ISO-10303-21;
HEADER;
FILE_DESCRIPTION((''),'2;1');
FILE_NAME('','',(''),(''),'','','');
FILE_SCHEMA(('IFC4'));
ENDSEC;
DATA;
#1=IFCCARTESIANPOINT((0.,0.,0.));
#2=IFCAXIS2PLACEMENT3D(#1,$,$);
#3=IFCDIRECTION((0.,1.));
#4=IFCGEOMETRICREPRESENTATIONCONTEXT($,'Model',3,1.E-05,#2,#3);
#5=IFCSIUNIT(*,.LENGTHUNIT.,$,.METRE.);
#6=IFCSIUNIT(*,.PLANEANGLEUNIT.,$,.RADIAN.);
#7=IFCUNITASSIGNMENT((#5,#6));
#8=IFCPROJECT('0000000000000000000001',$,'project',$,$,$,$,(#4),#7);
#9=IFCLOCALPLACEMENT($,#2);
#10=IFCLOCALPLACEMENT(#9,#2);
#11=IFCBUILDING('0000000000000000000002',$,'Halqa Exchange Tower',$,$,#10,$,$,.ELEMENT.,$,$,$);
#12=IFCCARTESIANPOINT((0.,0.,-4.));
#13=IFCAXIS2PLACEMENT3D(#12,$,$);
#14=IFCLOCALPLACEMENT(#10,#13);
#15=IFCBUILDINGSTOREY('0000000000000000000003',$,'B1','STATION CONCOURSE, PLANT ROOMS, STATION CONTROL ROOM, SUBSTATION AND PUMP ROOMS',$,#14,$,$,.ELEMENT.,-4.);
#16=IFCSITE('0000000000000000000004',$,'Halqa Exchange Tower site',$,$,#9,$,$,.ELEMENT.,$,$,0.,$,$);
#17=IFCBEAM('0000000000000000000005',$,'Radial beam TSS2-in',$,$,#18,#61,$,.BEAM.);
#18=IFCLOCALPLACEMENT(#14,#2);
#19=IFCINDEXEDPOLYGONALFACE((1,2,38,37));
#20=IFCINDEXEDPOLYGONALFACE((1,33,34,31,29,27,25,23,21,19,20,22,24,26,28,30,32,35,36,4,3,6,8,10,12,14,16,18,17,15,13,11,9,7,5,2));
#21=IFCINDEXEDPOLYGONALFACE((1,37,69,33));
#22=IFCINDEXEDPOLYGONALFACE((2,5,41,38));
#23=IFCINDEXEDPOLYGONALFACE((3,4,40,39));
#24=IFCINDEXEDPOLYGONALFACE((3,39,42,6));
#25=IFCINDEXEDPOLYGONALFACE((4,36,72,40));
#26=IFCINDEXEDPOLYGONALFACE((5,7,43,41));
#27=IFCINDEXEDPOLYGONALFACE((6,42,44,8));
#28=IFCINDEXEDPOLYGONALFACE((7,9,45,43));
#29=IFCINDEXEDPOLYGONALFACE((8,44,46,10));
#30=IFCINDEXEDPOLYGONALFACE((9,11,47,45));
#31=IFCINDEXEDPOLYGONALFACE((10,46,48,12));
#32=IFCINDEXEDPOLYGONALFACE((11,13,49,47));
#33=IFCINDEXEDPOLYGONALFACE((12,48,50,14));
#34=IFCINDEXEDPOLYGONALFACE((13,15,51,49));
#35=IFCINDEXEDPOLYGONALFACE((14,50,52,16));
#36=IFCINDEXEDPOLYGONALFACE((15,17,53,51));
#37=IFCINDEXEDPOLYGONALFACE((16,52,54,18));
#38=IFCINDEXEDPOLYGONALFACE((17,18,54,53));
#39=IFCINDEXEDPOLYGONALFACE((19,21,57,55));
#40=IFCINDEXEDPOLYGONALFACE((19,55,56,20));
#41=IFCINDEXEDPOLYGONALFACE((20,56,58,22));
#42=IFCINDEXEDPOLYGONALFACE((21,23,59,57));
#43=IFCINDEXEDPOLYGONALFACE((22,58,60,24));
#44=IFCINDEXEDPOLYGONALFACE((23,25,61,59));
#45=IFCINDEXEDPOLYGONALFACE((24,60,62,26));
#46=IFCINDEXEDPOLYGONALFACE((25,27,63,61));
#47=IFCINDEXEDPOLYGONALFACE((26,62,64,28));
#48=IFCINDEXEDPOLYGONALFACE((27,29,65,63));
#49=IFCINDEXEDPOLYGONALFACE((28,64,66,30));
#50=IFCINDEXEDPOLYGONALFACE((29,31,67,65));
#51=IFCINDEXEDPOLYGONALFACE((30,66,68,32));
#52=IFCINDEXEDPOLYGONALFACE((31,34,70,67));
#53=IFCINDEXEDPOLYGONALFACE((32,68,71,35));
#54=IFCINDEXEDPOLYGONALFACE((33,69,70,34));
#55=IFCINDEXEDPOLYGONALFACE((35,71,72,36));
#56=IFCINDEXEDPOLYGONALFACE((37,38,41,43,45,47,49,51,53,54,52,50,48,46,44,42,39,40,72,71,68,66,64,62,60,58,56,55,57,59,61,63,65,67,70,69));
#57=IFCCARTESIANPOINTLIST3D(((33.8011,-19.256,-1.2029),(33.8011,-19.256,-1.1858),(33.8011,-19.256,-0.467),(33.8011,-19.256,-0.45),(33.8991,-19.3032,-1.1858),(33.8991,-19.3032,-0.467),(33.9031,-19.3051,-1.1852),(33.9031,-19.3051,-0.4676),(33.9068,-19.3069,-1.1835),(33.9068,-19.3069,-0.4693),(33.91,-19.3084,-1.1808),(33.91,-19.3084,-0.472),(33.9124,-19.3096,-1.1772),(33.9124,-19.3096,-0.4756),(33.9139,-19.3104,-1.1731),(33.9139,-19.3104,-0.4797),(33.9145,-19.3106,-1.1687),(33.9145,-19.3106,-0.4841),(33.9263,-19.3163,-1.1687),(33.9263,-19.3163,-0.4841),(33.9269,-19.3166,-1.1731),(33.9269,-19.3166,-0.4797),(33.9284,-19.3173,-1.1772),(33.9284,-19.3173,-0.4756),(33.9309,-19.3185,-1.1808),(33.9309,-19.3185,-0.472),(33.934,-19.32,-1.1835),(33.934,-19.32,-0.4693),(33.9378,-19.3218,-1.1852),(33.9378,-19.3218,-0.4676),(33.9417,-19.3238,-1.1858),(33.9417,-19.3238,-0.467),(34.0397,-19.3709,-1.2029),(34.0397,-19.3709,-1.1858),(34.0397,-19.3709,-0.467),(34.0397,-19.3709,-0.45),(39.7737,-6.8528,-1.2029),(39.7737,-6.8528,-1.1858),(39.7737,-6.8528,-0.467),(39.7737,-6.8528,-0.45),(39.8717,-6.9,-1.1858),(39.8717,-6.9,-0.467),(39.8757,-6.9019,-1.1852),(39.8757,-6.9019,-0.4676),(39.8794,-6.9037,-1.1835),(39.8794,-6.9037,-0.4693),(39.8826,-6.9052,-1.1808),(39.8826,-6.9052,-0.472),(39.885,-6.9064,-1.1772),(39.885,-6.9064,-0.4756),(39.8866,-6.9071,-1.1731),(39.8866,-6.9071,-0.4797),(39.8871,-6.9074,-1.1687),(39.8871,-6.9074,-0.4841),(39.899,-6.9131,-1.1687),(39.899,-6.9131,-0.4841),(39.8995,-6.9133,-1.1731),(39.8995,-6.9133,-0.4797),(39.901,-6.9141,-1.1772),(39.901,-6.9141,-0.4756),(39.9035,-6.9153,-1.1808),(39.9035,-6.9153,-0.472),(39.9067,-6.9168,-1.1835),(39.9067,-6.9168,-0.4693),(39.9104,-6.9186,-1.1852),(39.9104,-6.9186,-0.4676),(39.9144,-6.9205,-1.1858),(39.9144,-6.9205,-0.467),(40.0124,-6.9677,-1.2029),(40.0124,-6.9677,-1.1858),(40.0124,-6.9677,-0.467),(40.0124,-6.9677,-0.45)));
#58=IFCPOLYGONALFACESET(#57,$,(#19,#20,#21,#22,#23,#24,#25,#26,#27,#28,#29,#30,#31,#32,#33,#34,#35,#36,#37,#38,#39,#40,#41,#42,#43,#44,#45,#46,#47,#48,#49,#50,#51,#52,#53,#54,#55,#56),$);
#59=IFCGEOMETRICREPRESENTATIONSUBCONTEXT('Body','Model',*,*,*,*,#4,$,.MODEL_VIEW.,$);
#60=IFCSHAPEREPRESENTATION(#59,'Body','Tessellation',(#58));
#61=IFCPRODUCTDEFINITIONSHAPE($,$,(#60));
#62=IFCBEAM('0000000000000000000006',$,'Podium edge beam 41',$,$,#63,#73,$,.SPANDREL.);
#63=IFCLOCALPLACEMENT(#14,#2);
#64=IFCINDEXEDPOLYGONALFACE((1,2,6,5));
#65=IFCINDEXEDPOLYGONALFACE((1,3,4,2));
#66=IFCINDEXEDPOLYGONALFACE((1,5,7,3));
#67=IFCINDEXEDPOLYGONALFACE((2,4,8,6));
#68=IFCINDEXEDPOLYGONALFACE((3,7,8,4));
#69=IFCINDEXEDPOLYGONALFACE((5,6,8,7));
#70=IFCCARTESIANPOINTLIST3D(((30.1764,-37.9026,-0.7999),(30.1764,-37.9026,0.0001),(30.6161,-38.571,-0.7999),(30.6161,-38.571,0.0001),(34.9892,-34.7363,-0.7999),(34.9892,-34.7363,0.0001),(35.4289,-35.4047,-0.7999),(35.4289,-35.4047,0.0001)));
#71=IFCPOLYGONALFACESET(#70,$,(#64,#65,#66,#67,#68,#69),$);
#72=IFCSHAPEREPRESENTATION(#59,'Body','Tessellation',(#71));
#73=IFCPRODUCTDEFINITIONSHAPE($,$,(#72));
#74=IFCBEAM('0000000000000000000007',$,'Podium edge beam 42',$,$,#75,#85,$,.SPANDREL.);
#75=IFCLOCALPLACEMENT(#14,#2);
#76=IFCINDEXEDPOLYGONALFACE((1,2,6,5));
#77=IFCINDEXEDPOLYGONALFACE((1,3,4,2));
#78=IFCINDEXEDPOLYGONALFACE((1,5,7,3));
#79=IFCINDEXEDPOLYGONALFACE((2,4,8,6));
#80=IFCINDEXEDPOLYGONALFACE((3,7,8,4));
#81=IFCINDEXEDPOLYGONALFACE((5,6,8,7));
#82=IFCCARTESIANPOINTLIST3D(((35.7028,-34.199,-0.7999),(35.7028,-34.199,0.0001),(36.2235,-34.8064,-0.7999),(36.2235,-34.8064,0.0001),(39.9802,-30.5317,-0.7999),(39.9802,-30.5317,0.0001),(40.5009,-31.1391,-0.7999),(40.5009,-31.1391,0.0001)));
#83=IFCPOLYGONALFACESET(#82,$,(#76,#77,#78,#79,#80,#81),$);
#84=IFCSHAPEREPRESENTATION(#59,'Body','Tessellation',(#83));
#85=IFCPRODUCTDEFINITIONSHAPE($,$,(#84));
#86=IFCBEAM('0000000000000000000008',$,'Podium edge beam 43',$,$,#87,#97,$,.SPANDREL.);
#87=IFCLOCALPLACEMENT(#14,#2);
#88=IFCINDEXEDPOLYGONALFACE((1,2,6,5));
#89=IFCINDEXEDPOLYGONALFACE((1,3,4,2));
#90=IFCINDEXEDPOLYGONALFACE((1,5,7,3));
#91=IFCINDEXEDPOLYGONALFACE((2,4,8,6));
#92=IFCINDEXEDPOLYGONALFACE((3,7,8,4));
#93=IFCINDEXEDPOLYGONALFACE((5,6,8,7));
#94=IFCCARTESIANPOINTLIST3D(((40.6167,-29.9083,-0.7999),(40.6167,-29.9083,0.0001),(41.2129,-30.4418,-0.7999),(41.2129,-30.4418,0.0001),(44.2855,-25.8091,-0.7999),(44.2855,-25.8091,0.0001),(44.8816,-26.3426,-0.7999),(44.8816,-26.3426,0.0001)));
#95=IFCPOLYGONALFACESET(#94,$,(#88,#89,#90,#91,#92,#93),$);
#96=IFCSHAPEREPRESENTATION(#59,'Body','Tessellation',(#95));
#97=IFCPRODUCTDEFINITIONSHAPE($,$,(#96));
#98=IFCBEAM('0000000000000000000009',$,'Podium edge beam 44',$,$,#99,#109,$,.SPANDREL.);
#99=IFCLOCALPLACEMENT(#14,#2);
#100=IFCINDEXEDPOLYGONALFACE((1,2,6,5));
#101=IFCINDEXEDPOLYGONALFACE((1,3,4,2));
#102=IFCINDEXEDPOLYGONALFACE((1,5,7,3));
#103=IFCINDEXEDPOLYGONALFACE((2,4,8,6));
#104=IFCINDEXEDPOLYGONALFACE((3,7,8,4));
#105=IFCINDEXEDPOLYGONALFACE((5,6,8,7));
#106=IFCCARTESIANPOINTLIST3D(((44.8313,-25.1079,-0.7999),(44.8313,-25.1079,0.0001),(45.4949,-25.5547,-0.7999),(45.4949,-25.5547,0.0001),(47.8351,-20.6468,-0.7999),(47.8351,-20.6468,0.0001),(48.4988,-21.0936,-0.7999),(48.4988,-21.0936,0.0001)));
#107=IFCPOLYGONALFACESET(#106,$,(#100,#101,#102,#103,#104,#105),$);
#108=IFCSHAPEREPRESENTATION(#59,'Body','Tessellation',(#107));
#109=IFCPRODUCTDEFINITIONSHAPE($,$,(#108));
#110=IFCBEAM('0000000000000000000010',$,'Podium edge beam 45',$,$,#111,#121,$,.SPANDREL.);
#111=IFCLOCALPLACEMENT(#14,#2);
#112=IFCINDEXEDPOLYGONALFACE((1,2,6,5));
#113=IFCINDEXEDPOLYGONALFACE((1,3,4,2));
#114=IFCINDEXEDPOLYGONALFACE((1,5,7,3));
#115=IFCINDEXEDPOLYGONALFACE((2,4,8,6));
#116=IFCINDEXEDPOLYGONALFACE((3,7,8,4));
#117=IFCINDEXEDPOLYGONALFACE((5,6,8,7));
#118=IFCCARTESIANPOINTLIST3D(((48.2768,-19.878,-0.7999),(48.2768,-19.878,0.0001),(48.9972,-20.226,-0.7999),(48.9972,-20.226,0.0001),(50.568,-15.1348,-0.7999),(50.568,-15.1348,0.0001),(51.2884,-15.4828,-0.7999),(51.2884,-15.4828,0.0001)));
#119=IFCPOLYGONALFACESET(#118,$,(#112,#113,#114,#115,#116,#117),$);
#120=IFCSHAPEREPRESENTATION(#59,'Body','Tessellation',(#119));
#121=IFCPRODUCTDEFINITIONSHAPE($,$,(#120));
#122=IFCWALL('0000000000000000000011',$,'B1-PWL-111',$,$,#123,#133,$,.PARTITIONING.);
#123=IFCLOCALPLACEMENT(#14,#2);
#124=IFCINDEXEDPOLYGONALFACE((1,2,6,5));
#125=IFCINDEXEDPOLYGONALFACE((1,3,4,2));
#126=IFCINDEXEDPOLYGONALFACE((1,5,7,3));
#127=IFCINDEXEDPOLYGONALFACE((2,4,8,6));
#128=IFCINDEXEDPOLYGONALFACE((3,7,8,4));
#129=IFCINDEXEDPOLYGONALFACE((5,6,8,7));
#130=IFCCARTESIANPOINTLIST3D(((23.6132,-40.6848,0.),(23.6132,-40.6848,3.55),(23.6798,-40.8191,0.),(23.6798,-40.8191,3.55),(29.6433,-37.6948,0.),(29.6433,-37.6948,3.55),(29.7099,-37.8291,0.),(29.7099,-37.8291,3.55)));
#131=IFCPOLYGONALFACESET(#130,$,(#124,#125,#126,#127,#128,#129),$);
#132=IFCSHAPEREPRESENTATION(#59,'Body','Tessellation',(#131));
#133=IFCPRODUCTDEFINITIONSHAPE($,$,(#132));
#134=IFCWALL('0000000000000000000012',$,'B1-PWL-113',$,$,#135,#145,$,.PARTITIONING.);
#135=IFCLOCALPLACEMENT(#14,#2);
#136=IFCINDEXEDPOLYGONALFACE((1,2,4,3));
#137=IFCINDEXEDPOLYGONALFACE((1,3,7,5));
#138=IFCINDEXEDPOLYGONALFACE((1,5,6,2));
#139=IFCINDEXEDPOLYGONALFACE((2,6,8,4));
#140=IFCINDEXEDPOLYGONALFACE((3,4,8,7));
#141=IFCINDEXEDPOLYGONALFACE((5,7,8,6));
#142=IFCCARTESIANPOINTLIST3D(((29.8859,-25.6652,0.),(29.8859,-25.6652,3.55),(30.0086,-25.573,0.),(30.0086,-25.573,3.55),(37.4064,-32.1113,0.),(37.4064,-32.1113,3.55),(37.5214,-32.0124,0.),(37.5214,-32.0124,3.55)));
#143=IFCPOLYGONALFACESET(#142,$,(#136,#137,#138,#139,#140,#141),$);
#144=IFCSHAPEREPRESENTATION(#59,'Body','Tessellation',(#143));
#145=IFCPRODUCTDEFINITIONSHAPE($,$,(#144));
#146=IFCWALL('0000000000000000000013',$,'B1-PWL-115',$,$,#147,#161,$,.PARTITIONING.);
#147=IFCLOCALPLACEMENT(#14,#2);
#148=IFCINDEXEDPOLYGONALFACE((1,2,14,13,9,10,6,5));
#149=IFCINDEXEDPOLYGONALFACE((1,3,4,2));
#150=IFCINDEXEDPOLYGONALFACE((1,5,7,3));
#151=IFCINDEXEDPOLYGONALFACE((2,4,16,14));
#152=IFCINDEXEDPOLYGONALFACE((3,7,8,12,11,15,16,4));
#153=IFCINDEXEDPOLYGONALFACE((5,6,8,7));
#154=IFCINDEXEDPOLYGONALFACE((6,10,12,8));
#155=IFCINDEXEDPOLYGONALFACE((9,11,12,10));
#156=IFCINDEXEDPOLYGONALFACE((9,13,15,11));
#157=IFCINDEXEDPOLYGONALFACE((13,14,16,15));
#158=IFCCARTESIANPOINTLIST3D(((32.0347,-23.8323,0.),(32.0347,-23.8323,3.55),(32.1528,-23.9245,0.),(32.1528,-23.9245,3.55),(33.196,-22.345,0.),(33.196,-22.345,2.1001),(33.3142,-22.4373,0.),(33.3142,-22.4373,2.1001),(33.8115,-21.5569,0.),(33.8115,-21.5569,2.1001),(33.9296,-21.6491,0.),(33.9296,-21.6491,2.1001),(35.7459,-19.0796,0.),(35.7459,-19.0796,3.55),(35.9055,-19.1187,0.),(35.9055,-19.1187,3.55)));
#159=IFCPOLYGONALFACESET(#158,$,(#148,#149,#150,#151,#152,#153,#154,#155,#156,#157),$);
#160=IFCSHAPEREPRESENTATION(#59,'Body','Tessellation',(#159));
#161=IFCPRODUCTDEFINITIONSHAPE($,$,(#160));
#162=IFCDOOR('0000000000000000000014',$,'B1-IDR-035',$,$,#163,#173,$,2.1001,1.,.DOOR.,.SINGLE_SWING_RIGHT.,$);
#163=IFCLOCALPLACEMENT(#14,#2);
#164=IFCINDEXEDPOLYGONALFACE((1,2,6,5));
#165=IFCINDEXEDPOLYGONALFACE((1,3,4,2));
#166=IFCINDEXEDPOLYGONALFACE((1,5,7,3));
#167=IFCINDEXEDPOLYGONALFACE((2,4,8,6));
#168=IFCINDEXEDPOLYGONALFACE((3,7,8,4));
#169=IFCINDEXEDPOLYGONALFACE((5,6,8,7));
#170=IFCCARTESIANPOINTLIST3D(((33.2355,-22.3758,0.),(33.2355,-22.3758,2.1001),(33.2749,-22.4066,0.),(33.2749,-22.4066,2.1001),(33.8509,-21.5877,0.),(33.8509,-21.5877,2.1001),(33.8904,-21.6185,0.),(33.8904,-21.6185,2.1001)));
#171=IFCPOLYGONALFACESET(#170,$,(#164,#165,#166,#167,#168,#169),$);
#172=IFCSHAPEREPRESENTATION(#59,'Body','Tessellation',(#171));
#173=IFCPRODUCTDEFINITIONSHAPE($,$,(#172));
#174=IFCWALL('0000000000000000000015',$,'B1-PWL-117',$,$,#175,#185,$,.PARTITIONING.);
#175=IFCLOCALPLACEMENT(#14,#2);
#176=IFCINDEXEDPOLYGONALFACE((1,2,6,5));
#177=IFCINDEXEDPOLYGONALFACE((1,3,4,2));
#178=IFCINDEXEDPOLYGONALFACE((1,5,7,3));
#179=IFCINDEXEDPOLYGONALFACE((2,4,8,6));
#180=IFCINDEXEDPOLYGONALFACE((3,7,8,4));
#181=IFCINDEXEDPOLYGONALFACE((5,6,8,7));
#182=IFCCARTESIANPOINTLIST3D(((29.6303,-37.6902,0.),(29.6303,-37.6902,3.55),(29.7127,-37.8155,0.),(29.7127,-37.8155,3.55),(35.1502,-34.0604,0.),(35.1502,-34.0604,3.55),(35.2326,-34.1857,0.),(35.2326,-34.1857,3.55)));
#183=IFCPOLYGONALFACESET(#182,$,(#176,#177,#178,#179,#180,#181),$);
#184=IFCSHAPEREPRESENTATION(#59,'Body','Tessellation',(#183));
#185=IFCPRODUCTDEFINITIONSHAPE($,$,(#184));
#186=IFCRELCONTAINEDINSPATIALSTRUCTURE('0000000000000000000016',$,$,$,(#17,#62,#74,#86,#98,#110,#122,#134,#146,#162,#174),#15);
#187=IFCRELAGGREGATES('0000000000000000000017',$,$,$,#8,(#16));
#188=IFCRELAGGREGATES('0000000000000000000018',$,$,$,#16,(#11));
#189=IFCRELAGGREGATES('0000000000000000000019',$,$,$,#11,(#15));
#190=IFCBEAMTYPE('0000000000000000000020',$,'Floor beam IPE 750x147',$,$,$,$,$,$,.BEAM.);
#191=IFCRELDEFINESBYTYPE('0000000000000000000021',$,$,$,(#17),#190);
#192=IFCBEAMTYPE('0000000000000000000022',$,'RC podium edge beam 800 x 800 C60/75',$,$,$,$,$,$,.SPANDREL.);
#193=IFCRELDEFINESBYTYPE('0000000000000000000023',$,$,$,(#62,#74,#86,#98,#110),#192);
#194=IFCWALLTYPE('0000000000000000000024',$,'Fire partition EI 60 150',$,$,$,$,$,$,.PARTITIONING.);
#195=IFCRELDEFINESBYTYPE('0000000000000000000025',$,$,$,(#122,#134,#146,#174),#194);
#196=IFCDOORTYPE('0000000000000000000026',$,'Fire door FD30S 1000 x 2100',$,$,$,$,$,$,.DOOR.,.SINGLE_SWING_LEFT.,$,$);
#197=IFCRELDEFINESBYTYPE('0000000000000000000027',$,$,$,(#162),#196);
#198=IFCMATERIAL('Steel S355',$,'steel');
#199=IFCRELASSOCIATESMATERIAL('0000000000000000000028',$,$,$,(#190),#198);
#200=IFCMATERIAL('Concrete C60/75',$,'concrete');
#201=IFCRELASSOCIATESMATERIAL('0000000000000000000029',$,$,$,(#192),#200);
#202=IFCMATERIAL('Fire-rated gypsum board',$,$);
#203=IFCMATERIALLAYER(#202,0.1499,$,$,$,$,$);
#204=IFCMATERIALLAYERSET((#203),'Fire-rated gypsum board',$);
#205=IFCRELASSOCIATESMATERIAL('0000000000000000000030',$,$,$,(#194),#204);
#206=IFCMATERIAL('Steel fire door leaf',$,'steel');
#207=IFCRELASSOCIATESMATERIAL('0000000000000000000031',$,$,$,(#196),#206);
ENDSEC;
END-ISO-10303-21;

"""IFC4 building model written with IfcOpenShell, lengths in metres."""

from ifc_helpers import new_model, si_unit, direction, frame, frame_2d, origin, origin_2d, place, context, subcontext, project, spatial, polyline, rectangle, i_section, outline, extrude, material, layer, layer_set, material_profile, profile_set, type_object, element, fill, save


model = new_model("IFC4")

# Units and contexts
model_context = context("Model", 3, precision=1e-05, world=origin(), true_north=direction((0.0, 1.0)))
body_context = subcontext(model_context, "Body", "Model", "MODEL_VIEW")
ifc_project = project(units=[si_unit("LENGTHUNIT", "METRE"), si_unit("PLANEANGLEUNIT", "RADIAN")], contexts=[model_context])

# Site, building, storey
site_placement = place(None, origin())
site = spatial("IfcSite", under=ifc_project, at=site_placement, Name="Halqa Exchange Tower site", CompositionType="ELEMENT", RefElevation=0.0)
building_placement = place(site_placement, origin())
building = spatial("IfcBuilding", under=site, at=building_placement, Name="Halqa Exchange Tower", CompositionType="ELEMENT")
storey_placement = place(building_placement, frame((0.0, 0.0, -4.0)))
storey = spatial("IfcBuildingStorey", under=building, at=storey_placement, Name="B1", Description="STATION CONCOURSE, PLANT ROOMS, STATION CONTROL ROOM, SUBSTATION AND PUMP ROOMS", CompositionType="ELEMENT", Elevation=-4.0)

# Shared definitions
ifc_material_1 = material(Name="Concrete C60/75", Category="concrete")

# Beams
ifc_material_2 = material(Name="Steel S355", Category="steel")
ifc_material_profile_1 = material_profile(ifc_material_2, i_section(OverallWidth=0.2649, OverallDepth=0.7529, WebThickness=0.0132, FlangeThickness=0.0171, FilletRadius=0.0171, at=origin_2d()), Name="IPE 750x147")
ifc_profile_set_1 = profile_set([ifc_material_profile_1], Name="Steel S355")
beam_type_1 = type_object("IfcBeamType", Name="Floor beam IPE 750x147", PredefinedType="BEAM", material=ifc_profile_set_1)
beam_1_placement = place(storey_placement, frame((33.9204, -19.3135, -0.8264), z_axis=(0.433856, 0.900982, 0.0), x_axis=(-0.900982, 0.433856, 0.0)))
element("IfcBeam", 1, at=beam_1_placement, inside=storey, type_object=beam_type_1, Name="Radial beam TSS2-in", PredefinedType="BEAM", context=body_context, shape_type="SweptSolid", body=[
    extrude(i_section(OverallWidth=0.2649, OverallDepth=0.7529, WebThickness=0.0132, FlangeThickness=0.0171, FilletRadius=0.0171, at=origin_2d()), origin(), (0.0, 0.0, 1.0), 13.7664),
])
ifc_material_profile_2 = material_profile(ifc_material_1, rectangle(XDim=0.8, YDim=0.8, at=origin_2d()), Name="800 x 800")
ifc_profile_set_2 = profile_set([ifc_material_profile_2], Name="Concrete C60/75")
beam_type_2 = type_object("IfcBeamType", Name="RC podium edge beam 800 x 800 C60/75", PredefinedType="SPANDREL", material=ifc_profile_set_2)
beam_2_placement = place(storey_placement, frame((30.3962, -38.2368, -0.3999), z_axis=(0.835419, 0.549614, 0.0), x_axis=(-0.549614, 0.835419, 0.0)))
element("IfcBeam", 2, at=beam_2_placement, inside=storey, type_object=beam_type_2, Name="Podium edge beam 41", PredefinedType="SPANDREL", context=body_context, shape_type="SweptSolid", body=[
    extrude(rectangle(XDim=0.8, YDim=0.8, at=origin_2d()), origin(), (0.0, 0.0, 1.0), 5.761),
])
beam_3_placement = place(storey_placement, frame((35.9631, -34.5027, -0.3999), z_axis=(0.759174, 0.650888, 0.0), x_axis=(-0.650888, 0.759174, 0.0)))
element("IfcBeam", 3, at=beam_3_placement, inside=storey, type_object=beam_type_2, Name="Podium edge beam 42", PredefinedType="SPANDREL", context=body_context, shape_type="SweptSolid", body=[
    extrude(rectangle(XDim=0.8, YDim=0.8, at=origin_2d()), origin(), (0.0, 0.0, 1.0), 5.6343),
])
beam_4_placement = place(storey_placement, frame((40.9148, -30.175, -0.3999), z_axis=(0.666903, 0.745145, 0.0), x_axis=(-0.745145, 0.666903, 0.0)))
element("IfcBeam", 4, at=beam_4_placement, inside=storey, type_object=beam_type_2, Name="Podium edge beam 43", PredefinedType="SPANDREL", context=body_context, shape_type="SweptSolid", body=[
    extrude(rectangle(XDim=0.8, YDim=0.8, at=origin_2d()), origin(), (0.0, 0.0, 1.0), 5.5012),
])
beam_5_placement = place(storey_placement, frame((45.1631, -25.3313, -0.3999), z_axis=(0.558528, 0.829485, 0.0), x_axis=(-0.829485, 0.558528, 0.0)))
element("IfcBeam", 5, at=beam_5_placement, inside=storey, type_object=beam_type_2, Name="Podium edge beam 44", PredefinedType="SPANDREL", context=body_context, shape_type="SweptSolid", body=[
    extrude(rectangle(XDim=0.8, YDim=0.8, at=origin_2d()), origin(), (0.0, 0.0, 1.0), 5.3782),
])
beam_6_placement = place(storey_placement, frame((48.637, -20.052, -0.3999), z_axis=(0.434973, 0.900443, 0.0), x_axis=(-0.900443, 0.434973, 0.0)))
element("IfcBeam", 6, at=beam_6_placement, inside=storey, type_object=beam_type_2, Name="Podium edge beam 45", PredefinedType="SPANDREL", context=body_context, shape_type="SweptSolid", body=[
    extrude(rectangle(XDim=0.8, YDim=0.8, at=origin_2d()), origin(), (0.0, 0.0, 1.0), 5.2676),
])

# Walls
ifc_material_3 = material(Name="Fire-rated gypsum board")
ifc_layer_1 = layer(ifc_material_3, 0.1499)
ifc_layer_set_1 = layer_set([ifc_layer_1], Name="Fire-rated gypsum board")
wall_type_1 = type_object("IfcWallType", Name="Fire partition EI 60 150", PredefinedType="PARTITIONING", material=ifc_layer_set_1)
wall_1_placement = place(storey_placement, frame((29.6765, -37.762, 0.0), z_axis=(0.0, 0.0, 1.0), x_axis=(-0.895909, -0.444237, 0.0)))
element("IfcWall", 7, at=wall_1_placement, inside=storey, type_object=wall_type_1, Name="B1-PWL-111", PredefinedType="PARTITIONING", context=body_context, shape_type="SweptSolid", body=[
    extrude(rectangle(XDim=6.7307, YDim=0.1499, at=frame_2d((3.3652, 0.0))), origin(), (0.0, 0.0, 1.0), 3.55),
])
wall_2_placement = place(storey_placement, frame((29.9473, -25.6191, 0.0), z_axis=(0.0, 0.0, 1.0), x_axis=(0.759265, -0.650781, 0.0)))
element("IfcWall", 8, at=wall_2_placement, inside=storey, type_object=wall_type_1, Name="B1-PWL-113", PredefinedType="PARTITIONING", context=body_context, shape_type="SweptSolid", body=[
    extrude(outline(polyline([(-0.0166, -0.075), (9.8884, -0.075), (9.9114, 0.075), (0.0166, 0.075), (-0.0166, -0.075)])), origin(), (0.0, 0.0, 1.0), 3.55),
])

# Wall, opening, door
wall_3_placement = place(storey_placement, frame((32.0938, -23.8784, 0.0), z_axis=(0.0, 0.0, 1.0), x_axis=(0.61545, 0.788176, 0.0)))
wall_3 = element("IfcWall", 9, at=wall_3_placement, inside=storey, type_object=wall_type_1, Name="B1-PWL-115", PredefinedType="PARTITIONING", context=body_context, shape_type="SweptSolid", body=[
    extrude(outline(polyline([(0.0, -0.075), (6.0974, -0.075), (6.03, 0.075), (0.0, 0.075), (0.0, -0.075)])), origin(), (0.0, 0.0, 1.0), 3.55),
])
opening_1_placement = place(wall_3_placement, frame((1.887, 0.0, 0.0)))
opening_1 = element("IfcOpeningElement", 10, at=opening_1_placement, cuts=wall_3, PredefinedType="OPENING", context=body_context, shape_type="SweptSolid", body=[
    extrude(rectangle(XDim=1.0, YDim=2.1001, at=frame_2d((0.5, 1.05))), frame((0.0, 0.0869, 0.0), z_axis=(0.0, -1.0, 0.0), x_axis=(1.0, 0.0, 0.0)), (0.0, 0.0, 1.0), 0.1738),
])
ifc_material_4 = material(Name="Steel fire door leaf", Category="steel")
door_type_1 = type_object("IfcDoorType", Name="Fire door FD30S 1000 x 2100", OperationType="SINGLE_SWING_LEFT", PredefinedType="DOOR", material=ifc_material_4)
door_1_placement = place(opening_1_placement, origin())
door_1 = element("IfcDoor", 11, at=door_1_placement, inside=storey, type_object=door_type_1, Name="B1-IDR-035", OperationType="SINGLE_SWING_RIGHT", OverallHeight=2.1001, OverallWidth=1.0, PredefinedType="DOOR", context=body_context, shape_type="SweptSolid", body=[
    extrude(rectangle(XDim=1.0, YDim=2.1001, at=frame_2d((0.5, 1.05))), frame((0.0, 0.0249, 0.0), z_axis=(0.0, -1.0, 0.0), x_axis=(1.0, 0.0, 0.0)), (0.0, 0.0, 1.0), 0.05),
])
fill(opening_1, door_1)

# Wall
wall_4_placement = place(storey_placement, frame((35.1914, -34.123, 0.0), z_axis=(0.0, 0.0, 1.0), x_axis=(-0.835536, -0.549436, 0.0)))
element("IfcWall", 12, at=wall_4_placement, inside=storey, type_object=wall_type_1, Name="B1-PWL-117", PredefinedType="PARTITIONING", context=body_context, shape_type="SweptSolid", body=[
    extrude(rectangle(XDim=6.6064, YDim=0.1499, at=frame_2d((3.3032, 0.0))), origin(), (0.0, 0.0, 1.0), 3.55),
])

save(model, "model.ifc")
